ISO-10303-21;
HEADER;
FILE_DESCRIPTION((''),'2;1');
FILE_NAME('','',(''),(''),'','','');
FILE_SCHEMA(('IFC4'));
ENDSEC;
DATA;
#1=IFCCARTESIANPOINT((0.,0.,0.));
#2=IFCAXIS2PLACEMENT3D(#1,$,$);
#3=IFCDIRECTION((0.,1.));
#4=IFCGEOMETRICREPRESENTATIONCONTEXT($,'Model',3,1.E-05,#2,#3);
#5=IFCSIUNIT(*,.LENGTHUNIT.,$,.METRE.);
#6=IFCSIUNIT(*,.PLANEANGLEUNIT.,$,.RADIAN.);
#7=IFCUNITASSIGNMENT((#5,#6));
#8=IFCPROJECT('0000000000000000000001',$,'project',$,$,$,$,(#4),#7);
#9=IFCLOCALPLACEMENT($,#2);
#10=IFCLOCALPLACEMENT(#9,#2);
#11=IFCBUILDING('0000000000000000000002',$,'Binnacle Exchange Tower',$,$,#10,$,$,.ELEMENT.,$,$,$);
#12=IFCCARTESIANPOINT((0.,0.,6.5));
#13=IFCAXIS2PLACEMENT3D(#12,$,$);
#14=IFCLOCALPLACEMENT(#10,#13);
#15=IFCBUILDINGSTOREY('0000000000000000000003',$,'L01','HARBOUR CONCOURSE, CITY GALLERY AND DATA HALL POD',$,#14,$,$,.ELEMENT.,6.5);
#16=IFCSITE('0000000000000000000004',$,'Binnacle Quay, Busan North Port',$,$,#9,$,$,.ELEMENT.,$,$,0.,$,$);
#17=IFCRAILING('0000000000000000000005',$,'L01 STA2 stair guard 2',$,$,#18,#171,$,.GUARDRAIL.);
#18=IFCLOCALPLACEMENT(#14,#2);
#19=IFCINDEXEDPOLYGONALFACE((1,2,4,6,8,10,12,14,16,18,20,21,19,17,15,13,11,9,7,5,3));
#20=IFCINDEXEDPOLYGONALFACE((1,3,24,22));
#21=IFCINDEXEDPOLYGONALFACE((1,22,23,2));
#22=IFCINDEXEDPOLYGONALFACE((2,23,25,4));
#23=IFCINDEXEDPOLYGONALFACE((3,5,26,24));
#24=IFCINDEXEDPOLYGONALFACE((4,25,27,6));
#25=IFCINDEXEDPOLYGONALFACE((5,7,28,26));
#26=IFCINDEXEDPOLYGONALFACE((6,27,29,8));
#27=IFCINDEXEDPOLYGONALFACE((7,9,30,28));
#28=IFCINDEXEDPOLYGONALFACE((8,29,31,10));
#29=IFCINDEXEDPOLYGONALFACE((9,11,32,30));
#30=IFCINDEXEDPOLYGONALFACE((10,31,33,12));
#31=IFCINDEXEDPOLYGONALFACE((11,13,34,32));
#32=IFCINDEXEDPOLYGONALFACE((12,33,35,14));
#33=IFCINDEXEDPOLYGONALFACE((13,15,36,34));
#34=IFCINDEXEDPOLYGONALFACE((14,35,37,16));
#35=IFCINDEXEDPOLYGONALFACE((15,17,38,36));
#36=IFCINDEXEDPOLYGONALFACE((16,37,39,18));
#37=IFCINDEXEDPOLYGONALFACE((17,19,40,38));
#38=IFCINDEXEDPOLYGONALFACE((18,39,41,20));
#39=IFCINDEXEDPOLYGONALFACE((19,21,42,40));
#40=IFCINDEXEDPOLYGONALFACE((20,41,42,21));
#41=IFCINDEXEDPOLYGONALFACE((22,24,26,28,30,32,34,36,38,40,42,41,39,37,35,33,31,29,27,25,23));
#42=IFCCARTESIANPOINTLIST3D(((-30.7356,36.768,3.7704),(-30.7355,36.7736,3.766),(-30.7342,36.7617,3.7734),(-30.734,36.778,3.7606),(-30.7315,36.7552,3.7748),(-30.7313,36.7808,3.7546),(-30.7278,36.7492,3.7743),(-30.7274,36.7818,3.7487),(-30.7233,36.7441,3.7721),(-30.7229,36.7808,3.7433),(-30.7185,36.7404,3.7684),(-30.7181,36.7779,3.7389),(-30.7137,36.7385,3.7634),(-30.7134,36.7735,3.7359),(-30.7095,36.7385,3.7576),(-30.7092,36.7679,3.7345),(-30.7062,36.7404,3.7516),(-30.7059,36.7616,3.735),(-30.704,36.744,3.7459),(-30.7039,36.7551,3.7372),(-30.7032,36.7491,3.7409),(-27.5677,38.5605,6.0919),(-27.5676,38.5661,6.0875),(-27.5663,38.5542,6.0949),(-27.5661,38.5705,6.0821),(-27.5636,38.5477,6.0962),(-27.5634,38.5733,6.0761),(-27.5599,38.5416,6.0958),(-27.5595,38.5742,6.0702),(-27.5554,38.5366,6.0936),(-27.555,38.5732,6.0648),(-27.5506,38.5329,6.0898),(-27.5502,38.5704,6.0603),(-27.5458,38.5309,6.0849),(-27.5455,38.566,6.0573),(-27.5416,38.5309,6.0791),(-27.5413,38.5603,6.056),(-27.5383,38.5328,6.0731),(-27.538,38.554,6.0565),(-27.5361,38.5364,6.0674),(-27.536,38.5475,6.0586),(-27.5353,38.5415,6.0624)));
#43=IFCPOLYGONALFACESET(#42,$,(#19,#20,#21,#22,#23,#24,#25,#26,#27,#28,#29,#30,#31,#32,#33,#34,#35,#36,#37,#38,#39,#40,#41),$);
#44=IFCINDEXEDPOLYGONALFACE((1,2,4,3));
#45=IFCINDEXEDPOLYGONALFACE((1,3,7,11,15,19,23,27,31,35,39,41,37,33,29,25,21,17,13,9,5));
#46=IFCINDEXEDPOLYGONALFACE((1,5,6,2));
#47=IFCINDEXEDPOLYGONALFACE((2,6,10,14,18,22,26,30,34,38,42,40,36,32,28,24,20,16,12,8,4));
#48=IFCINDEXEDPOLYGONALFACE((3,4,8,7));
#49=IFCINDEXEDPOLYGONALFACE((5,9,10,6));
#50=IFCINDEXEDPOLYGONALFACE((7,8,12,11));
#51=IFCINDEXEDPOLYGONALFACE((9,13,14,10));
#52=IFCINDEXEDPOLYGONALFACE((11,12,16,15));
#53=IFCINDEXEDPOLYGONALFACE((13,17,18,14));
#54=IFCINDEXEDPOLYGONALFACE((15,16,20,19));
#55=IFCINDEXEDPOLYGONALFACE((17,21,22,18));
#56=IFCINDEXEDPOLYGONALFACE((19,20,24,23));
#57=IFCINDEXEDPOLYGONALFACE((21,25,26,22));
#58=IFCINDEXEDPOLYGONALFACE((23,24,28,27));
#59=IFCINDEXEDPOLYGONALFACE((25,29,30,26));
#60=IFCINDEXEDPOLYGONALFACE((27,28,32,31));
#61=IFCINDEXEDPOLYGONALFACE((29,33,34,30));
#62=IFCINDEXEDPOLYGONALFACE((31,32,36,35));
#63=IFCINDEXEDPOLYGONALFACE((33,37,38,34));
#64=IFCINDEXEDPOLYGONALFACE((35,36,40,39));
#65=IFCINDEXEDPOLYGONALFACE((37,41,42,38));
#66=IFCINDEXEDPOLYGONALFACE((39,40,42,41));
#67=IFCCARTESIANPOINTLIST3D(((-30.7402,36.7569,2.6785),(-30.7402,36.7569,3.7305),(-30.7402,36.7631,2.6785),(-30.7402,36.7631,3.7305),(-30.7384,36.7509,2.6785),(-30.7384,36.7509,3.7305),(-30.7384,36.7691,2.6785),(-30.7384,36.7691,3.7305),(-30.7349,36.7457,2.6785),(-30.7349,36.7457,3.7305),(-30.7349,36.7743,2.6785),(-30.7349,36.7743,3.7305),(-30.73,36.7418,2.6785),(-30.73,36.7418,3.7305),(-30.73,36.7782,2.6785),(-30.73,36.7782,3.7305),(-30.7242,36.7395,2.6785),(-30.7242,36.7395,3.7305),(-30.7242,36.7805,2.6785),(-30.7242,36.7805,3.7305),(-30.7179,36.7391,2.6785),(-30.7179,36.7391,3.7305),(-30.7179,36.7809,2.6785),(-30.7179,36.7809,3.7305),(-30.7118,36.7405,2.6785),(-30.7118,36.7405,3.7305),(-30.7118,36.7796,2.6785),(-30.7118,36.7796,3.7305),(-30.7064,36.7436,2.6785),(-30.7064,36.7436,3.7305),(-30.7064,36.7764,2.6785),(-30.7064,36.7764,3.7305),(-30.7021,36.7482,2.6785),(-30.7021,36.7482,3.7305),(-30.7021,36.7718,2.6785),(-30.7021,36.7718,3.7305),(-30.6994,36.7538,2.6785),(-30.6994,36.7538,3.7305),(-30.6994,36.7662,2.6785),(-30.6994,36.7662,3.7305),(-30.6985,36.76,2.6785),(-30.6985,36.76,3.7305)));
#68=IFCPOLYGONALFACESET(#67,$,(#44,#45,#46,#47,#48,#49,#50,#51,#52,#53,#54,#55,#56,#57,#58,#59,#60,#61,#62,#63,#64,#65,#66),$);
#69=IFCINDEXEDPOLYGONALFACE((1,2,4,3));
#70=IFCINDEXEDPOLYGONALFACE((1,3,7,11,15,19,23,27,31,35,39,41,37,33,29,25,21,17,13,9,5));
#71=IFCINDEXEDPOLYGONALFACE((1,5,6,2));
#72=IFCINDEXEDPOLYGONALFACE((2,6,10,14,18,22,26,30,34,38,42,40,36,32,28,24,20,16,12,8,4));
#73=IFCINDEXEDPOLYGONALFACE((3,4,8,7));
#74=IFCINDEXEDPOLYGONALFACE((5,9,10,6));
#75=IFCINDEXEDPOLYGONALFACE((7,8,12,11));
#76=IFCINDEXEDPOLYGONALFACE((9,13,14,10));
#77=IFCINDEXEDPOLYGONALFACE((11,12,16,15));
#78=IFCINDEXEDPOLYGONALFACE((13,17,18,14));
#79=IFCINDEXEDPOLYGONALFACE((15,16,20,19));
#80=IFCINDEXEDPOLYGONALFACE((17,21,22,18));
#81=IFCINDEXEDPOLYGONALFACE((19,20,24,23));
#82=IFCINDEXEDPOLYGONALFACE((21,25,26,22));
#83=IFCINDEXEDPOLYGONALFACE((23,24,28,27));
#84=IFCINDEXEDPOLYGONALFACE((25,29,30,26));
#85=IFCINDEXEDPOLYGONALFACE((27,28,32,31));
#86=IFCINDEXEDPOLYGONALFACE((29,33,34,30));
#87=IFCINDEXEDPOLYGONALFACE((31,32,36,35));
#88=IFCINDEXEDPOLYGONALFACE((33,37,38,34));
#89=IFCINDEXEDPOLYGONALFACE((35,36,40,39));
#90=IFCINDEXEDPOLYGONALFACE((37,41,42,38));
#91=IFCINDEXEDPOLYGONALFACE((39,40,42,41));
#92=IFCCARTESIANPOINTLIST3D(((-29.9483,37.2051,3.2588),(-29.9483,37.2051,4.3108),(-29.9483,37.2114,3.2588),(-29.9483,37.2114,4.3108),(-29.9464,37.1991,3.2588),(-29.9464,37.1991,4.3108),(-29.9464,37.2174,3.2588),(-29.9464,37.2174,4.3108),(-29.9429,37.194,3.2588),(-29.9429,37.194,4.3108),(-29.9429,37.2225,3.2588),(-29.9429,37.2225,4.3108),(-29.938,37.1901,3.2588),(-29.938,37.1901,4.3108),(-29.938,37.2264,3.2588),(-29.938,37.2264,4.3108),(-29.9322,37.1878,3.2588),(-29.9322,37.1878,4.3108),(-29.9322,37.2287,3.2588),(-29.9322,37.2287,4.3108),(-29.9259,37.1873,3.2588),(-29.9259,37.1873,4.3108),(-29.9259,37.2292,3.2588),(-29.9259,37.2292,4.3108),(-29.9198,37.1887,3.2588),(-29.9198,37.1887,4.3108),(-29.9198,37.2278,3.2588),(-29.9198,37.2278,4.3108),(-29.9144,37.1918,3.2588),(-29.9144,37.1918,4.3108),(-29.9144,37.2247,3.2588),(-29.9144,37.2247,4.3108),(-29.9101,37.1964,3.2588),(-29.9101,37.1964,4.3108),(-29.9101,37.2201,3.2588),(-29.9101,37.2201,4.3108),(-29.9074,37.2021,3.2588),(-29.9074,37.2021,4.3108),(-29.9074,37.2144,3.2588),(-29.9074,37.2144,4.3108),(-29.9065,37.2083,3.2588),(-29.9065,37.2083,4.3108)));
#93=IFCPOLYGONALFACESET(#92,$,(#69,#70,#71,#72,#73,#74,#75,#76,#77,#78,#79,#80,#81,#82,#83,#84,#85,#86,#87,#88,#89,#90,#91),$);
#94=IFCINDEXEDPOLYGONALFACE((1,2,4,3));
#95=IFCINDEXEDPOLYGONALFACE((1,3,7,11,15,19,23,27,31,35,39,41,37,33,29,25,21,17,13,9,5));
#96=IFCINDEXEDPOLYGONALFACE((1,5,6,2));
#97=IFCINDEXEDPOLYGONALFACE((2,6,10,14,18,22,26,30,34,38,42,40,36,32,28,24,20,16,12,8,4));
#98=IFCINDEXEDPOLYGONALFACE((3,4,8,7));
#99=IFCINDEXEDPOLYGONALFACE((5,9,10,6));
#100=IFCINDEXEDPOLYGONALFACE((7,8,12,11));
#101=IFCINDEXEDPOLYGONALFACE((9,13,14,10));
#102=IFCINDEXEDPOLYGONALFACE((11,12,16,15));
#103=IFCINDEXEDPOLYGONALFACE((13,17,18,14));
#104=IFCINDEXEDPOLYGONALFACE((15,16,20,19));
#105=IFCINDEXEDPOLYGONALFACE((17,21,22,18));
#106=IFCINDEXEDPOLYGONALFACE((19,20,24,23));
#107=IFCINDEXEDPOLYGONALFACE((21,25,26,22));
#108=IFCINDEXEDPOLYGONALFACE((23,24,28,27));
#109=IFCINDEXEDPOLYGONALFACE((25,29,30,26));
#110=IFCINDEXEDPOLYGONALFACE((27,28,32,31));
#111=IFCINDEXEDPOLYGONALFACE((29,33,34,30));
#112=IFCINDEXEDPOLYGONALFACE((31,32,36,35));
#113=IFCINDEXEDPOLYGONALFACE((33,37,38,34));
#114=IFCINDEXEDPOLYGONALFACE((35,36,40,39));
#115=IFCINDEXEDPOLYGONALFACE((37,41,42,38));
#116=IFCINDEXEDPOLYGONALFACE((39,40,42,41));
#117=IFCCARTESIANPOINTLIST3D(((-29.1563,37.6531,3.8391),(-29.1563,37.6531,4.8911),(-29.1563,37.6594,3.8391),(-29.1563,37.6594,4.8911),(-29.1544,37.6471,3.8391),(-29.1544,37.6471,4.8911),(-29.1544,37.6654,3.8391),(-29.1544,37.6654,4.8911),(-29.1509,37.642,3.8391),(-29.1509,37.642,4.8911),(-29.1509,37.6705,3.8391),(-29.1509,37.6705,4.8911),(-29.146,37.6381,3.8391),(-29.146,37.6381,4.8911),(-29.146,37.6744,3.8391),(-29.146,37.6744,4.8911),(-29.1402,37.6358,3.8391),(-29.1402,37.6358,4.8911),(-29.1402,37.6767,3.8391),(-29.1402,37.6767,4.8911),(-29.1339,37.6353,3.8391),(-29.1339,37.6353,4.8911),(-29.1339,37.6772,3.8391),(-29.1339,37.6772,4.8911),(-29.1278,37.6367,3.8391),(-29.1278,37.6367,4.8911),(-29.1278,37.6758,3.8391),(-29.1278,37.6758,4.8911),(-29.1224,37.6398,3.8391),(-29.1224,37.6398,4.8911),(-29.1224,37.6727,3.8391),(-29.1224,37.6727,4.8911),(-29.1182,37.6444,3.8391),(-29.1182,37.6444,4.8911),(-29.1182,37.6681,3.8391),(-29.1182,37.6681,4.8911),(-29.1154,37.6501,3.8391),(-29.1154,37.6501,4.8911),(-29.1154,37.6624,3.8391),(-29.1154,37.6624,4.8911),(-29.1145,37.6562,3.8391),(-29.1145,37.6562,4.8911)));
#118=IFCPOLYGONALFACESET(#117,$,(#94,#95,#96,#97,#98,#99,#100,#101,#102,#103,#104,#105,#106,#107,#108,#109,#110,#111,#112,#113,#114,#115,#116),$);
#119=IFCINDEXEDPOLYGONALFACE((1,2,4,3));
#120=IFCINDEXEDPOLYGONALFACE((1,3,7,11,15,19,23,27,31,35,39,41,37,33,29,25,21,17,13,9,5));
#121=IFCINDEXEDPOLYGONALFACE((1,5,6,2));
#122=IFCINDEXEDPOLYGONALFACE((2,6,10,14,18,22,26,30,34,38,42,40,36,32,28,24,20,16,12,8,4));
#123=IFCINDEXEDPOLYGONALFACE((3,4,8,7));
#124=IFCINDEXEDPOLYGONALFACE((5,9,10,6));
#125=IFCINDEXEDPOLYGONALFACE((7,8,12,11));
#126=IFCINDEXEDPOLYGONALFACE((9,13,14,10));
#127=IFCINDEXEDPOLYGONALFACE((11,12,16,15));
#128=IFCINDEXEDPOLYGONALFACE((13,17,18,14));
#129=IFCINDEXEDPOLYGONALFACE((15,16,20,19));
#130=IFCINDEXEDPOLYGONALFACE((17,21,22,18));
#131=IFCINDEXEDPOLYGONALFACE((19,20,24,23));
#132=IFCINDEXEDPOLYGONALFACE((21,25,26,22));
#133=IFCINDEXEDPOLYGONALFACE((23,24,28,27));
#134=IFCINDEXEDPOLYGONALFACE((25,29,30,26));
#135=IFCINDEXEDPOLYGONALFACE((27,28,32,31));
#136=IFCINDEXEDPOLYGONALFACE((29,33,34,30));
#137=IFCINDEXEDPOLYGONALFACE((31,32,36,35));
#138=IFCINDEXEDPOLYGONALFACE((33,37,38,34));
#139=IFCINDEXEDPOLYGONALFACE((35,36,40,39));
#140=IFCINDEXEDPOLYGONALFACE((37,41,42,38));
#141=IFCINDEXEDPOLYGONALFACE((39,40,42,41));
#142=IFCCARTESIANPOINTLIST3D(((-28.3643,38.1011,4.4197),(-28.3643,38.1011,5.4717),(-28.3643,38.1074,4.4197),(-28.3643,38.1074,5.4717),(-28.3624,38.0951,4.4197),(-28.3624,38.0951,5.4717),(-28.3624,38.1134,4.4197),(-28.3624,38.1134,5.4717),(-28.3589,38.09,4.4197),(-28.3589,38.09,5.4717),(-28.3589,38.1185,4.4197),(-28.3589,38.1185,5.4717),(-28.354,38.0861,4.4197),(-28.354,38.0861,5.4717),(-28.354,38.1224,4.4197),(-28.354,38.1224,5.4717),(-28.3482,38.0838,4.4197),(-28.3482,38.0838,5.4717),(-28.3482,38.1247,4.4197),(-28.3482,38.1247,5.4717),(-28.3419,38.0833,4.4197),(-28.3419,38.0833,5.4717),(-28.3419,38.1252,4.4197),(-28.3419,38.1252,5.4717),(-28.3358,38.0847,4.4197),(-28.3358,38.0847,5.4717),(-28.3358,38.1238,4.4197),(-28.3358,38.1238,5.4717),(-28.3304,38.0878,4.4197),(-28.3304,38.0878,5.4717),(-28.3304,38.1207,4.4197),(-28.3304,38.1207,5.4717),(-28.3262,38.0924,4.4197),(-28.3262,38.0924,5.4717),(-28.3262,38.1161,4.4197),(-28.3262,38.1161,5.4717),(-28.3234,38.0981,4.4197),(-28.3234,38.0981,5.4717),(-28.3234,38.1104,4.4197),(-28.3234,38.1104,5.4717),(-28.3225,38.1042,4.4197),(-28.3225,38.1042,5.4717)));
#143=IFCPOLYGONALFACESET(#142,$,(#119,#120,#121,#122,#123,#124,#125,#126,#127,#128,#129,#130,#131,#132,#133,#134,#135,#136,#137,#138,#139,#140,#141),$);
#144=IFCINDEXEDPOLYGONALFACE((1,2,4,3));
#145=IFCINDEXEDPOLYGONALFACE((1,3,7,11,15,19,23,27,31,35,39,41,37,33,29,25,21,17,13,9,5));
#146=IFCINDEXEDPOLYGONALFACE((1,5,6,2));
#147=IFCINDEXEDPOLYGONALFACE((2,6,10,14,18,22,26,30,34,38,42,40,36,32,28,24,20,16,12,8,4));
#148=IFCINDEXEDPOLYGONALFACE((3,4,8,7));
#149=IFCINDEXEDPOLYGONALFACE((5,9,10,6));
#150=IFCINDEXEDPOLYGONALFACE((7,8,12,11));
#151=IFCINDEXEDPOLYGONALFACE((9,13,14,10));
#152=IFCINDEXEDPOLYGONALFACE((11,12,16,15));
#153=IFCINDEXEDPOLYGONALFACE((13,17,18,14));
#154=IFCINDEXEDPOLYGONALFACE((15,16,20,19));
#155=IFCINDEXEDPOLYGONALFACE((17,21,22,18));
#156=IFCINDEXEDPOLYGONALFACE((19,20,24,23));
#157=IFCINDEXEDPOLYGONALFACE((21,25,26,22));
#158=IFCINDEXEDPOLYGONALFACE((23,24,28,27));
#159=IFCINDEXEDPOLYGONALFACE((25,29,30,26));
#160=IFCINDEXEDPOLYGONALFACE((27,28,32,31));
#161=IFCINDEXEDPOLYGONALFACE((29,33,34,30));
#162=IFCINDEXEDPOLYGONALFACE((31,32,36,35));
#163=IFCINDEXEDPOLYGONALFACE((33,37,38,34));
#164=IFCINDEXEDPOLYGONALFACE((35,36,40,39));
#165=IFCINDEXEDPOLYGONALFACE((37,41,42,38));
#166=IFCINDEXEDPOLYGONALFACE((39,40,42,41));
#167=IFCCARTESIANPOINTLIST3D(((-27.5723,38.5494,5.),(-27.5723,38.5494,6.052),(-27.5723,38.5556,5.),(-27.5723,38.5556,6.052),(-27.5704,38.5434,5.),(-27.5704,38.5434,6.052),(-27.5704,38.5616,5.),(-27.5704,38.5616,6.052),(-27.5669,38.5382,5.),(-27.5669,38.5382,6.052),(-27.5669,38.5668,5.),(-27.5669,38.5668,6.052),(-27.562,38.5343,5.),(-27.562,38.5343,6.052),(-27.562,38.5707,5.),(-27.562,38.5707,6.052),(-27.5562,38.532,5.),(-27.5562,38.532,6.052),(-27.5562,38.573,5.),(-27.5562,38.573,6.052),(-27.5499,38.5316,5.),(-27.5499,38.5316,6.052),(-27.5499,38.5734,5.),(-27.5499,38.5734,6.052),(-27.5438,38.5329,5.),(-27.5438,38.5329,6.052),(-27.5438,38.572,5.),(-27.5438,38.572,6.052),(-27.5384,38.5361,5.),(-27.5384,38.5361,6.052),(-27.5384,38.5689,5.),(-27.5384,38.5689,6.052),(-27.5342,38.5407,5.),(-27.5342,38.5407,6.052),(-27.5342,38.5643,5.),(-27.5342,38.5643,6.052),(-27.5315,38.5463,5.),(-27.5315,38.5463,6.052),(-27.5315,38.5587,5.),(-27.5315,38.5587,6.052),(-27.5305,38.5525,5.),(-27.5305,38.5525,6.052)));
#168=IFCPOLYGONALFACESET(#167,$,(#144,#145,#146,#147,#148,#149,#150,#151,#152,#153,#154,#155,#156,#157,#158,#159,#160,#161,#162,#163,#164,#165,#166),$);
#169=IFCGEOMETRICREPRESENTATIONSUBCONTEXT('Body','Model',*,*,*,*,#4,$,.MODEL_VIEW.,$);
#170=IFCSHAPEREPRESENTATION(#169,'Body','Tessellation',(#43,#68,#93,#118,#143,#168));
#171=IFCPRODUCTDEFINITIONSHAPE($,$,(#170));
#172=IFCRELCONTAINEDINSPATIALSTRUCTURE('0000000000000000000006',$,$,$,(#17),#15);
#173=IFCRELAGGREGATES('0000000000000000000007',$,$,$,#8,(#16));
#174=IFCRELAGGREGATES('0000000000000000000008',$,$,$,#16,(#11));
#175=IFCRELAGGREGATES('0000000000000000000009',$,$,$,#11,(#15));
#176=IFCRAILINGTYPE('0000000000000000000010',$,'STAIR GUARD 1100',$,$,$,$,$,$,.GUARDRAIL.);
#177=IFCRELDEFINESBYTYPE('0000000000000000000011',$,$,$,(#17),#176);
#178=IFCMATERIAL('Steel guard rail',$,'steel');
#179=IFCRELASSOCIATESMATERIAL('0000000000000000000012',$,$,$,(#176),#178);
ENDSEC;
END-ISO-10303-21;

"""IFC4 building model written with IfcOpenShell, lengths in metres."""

from ifc_helpers import new_model, si_unit, direction, frame, origin, origin_2d, place, context, subcontext, project, spatial, circle, extrude, material, type_object, element, save


model = new_model("IFC4")

# Units and contexts
model_context = context("Model", 3, precision=1e-05, world=origin(), true_north=direction((0.0, 1.0)))
body_context = subcontext(model_context, "Body", "Model", "MODEL_VIEW")
ifc_project = project(units=[si_unit("LENGTHUNIT", "METRE"), si_unit("PLANEANGLEUNIT", "RADIAN")], contexts=[model_context])

# Site, building, storey
site_placement = place(None, origin())
site = spatial("IfcSite", under=ifc_project, at=site_placement, Name="Binnacle Quay, Busan North Port", CompositionType="ELEMENT", RefElevation=0.0)
building_placement = place(site_placement, origin())
building = spatial("IfcBuilding", under=site, at=building_placement, Name="Binnacle Exchange Tower", CompositionType="ELEMENT")
storey_placement = place(building_placement, frame((0.0, 0.0, 6.5)))
storey = spatial("IfcBuildingStorey", under=building, at=storey_placement, Name="L01", Description="HARBOUR CONCOURSE, CITY GALLERY AND DATA HALL POD", CompositionType="ELEMENT", Elevation=6.5)

# Railing
ifc_material_1 = material(Name="Steel guard rail", Category="steel")
railing_type = type_object("IfcRailingType", Name="STAIR GUARD 1100", PredefinedType="GUARDRAIL", material=ifc_material_1)
railing_placement = place(storey_placement, frame((-30.7195, 36.76, 2.6785)))
element("IfcRailing", 1, at=railing_placement, inside=storey, type_object=railing_type, Name="L01 STA2 stair guard 2", PredefinedType="GUARDRAIL", context=body_context, shape_type="SweptSolid", body=[
    extrude(circle(Radius=0.0239, at=origin_2d()), frame((0.0, 0.0, 1.0762), z_axis=(0.733796, 0.415192, 0.537736), x_axis=(-0.492451, 0.87034, 0.0)), (0.0, 0.0, 1.0), 4.3171),
    extrude(circle(Radius=0.021, at=origin_2d()), origin(), (0.0, 0.0, 1.0), 1.052),
    extrude(circle(Radius=0.021, at=origin_2d()), frame((0.792, 0.4482, 0.5803)), (0.0, 0.0, 1.0), 1.052),
    extrude(circle(Radius=0.021, at=origin_2d()), frame((1.584, 0.8962, 1.1606)), (0.0, 0.0, 1.0), 1.052),
    extrude(circle(Radius=0.021, at=origin_2d()), frame((2.376, 1.3442, 1.7412)), (0.0, 0.0, 1.0), 1.052),
    extrude(circle(Radius=0.021, at=origin_2d()), frame((3.168, 1.7925, 2.3215)), (0.0, 0.0, 1.0), 1.052),
])

save(model, "model.ifc")
